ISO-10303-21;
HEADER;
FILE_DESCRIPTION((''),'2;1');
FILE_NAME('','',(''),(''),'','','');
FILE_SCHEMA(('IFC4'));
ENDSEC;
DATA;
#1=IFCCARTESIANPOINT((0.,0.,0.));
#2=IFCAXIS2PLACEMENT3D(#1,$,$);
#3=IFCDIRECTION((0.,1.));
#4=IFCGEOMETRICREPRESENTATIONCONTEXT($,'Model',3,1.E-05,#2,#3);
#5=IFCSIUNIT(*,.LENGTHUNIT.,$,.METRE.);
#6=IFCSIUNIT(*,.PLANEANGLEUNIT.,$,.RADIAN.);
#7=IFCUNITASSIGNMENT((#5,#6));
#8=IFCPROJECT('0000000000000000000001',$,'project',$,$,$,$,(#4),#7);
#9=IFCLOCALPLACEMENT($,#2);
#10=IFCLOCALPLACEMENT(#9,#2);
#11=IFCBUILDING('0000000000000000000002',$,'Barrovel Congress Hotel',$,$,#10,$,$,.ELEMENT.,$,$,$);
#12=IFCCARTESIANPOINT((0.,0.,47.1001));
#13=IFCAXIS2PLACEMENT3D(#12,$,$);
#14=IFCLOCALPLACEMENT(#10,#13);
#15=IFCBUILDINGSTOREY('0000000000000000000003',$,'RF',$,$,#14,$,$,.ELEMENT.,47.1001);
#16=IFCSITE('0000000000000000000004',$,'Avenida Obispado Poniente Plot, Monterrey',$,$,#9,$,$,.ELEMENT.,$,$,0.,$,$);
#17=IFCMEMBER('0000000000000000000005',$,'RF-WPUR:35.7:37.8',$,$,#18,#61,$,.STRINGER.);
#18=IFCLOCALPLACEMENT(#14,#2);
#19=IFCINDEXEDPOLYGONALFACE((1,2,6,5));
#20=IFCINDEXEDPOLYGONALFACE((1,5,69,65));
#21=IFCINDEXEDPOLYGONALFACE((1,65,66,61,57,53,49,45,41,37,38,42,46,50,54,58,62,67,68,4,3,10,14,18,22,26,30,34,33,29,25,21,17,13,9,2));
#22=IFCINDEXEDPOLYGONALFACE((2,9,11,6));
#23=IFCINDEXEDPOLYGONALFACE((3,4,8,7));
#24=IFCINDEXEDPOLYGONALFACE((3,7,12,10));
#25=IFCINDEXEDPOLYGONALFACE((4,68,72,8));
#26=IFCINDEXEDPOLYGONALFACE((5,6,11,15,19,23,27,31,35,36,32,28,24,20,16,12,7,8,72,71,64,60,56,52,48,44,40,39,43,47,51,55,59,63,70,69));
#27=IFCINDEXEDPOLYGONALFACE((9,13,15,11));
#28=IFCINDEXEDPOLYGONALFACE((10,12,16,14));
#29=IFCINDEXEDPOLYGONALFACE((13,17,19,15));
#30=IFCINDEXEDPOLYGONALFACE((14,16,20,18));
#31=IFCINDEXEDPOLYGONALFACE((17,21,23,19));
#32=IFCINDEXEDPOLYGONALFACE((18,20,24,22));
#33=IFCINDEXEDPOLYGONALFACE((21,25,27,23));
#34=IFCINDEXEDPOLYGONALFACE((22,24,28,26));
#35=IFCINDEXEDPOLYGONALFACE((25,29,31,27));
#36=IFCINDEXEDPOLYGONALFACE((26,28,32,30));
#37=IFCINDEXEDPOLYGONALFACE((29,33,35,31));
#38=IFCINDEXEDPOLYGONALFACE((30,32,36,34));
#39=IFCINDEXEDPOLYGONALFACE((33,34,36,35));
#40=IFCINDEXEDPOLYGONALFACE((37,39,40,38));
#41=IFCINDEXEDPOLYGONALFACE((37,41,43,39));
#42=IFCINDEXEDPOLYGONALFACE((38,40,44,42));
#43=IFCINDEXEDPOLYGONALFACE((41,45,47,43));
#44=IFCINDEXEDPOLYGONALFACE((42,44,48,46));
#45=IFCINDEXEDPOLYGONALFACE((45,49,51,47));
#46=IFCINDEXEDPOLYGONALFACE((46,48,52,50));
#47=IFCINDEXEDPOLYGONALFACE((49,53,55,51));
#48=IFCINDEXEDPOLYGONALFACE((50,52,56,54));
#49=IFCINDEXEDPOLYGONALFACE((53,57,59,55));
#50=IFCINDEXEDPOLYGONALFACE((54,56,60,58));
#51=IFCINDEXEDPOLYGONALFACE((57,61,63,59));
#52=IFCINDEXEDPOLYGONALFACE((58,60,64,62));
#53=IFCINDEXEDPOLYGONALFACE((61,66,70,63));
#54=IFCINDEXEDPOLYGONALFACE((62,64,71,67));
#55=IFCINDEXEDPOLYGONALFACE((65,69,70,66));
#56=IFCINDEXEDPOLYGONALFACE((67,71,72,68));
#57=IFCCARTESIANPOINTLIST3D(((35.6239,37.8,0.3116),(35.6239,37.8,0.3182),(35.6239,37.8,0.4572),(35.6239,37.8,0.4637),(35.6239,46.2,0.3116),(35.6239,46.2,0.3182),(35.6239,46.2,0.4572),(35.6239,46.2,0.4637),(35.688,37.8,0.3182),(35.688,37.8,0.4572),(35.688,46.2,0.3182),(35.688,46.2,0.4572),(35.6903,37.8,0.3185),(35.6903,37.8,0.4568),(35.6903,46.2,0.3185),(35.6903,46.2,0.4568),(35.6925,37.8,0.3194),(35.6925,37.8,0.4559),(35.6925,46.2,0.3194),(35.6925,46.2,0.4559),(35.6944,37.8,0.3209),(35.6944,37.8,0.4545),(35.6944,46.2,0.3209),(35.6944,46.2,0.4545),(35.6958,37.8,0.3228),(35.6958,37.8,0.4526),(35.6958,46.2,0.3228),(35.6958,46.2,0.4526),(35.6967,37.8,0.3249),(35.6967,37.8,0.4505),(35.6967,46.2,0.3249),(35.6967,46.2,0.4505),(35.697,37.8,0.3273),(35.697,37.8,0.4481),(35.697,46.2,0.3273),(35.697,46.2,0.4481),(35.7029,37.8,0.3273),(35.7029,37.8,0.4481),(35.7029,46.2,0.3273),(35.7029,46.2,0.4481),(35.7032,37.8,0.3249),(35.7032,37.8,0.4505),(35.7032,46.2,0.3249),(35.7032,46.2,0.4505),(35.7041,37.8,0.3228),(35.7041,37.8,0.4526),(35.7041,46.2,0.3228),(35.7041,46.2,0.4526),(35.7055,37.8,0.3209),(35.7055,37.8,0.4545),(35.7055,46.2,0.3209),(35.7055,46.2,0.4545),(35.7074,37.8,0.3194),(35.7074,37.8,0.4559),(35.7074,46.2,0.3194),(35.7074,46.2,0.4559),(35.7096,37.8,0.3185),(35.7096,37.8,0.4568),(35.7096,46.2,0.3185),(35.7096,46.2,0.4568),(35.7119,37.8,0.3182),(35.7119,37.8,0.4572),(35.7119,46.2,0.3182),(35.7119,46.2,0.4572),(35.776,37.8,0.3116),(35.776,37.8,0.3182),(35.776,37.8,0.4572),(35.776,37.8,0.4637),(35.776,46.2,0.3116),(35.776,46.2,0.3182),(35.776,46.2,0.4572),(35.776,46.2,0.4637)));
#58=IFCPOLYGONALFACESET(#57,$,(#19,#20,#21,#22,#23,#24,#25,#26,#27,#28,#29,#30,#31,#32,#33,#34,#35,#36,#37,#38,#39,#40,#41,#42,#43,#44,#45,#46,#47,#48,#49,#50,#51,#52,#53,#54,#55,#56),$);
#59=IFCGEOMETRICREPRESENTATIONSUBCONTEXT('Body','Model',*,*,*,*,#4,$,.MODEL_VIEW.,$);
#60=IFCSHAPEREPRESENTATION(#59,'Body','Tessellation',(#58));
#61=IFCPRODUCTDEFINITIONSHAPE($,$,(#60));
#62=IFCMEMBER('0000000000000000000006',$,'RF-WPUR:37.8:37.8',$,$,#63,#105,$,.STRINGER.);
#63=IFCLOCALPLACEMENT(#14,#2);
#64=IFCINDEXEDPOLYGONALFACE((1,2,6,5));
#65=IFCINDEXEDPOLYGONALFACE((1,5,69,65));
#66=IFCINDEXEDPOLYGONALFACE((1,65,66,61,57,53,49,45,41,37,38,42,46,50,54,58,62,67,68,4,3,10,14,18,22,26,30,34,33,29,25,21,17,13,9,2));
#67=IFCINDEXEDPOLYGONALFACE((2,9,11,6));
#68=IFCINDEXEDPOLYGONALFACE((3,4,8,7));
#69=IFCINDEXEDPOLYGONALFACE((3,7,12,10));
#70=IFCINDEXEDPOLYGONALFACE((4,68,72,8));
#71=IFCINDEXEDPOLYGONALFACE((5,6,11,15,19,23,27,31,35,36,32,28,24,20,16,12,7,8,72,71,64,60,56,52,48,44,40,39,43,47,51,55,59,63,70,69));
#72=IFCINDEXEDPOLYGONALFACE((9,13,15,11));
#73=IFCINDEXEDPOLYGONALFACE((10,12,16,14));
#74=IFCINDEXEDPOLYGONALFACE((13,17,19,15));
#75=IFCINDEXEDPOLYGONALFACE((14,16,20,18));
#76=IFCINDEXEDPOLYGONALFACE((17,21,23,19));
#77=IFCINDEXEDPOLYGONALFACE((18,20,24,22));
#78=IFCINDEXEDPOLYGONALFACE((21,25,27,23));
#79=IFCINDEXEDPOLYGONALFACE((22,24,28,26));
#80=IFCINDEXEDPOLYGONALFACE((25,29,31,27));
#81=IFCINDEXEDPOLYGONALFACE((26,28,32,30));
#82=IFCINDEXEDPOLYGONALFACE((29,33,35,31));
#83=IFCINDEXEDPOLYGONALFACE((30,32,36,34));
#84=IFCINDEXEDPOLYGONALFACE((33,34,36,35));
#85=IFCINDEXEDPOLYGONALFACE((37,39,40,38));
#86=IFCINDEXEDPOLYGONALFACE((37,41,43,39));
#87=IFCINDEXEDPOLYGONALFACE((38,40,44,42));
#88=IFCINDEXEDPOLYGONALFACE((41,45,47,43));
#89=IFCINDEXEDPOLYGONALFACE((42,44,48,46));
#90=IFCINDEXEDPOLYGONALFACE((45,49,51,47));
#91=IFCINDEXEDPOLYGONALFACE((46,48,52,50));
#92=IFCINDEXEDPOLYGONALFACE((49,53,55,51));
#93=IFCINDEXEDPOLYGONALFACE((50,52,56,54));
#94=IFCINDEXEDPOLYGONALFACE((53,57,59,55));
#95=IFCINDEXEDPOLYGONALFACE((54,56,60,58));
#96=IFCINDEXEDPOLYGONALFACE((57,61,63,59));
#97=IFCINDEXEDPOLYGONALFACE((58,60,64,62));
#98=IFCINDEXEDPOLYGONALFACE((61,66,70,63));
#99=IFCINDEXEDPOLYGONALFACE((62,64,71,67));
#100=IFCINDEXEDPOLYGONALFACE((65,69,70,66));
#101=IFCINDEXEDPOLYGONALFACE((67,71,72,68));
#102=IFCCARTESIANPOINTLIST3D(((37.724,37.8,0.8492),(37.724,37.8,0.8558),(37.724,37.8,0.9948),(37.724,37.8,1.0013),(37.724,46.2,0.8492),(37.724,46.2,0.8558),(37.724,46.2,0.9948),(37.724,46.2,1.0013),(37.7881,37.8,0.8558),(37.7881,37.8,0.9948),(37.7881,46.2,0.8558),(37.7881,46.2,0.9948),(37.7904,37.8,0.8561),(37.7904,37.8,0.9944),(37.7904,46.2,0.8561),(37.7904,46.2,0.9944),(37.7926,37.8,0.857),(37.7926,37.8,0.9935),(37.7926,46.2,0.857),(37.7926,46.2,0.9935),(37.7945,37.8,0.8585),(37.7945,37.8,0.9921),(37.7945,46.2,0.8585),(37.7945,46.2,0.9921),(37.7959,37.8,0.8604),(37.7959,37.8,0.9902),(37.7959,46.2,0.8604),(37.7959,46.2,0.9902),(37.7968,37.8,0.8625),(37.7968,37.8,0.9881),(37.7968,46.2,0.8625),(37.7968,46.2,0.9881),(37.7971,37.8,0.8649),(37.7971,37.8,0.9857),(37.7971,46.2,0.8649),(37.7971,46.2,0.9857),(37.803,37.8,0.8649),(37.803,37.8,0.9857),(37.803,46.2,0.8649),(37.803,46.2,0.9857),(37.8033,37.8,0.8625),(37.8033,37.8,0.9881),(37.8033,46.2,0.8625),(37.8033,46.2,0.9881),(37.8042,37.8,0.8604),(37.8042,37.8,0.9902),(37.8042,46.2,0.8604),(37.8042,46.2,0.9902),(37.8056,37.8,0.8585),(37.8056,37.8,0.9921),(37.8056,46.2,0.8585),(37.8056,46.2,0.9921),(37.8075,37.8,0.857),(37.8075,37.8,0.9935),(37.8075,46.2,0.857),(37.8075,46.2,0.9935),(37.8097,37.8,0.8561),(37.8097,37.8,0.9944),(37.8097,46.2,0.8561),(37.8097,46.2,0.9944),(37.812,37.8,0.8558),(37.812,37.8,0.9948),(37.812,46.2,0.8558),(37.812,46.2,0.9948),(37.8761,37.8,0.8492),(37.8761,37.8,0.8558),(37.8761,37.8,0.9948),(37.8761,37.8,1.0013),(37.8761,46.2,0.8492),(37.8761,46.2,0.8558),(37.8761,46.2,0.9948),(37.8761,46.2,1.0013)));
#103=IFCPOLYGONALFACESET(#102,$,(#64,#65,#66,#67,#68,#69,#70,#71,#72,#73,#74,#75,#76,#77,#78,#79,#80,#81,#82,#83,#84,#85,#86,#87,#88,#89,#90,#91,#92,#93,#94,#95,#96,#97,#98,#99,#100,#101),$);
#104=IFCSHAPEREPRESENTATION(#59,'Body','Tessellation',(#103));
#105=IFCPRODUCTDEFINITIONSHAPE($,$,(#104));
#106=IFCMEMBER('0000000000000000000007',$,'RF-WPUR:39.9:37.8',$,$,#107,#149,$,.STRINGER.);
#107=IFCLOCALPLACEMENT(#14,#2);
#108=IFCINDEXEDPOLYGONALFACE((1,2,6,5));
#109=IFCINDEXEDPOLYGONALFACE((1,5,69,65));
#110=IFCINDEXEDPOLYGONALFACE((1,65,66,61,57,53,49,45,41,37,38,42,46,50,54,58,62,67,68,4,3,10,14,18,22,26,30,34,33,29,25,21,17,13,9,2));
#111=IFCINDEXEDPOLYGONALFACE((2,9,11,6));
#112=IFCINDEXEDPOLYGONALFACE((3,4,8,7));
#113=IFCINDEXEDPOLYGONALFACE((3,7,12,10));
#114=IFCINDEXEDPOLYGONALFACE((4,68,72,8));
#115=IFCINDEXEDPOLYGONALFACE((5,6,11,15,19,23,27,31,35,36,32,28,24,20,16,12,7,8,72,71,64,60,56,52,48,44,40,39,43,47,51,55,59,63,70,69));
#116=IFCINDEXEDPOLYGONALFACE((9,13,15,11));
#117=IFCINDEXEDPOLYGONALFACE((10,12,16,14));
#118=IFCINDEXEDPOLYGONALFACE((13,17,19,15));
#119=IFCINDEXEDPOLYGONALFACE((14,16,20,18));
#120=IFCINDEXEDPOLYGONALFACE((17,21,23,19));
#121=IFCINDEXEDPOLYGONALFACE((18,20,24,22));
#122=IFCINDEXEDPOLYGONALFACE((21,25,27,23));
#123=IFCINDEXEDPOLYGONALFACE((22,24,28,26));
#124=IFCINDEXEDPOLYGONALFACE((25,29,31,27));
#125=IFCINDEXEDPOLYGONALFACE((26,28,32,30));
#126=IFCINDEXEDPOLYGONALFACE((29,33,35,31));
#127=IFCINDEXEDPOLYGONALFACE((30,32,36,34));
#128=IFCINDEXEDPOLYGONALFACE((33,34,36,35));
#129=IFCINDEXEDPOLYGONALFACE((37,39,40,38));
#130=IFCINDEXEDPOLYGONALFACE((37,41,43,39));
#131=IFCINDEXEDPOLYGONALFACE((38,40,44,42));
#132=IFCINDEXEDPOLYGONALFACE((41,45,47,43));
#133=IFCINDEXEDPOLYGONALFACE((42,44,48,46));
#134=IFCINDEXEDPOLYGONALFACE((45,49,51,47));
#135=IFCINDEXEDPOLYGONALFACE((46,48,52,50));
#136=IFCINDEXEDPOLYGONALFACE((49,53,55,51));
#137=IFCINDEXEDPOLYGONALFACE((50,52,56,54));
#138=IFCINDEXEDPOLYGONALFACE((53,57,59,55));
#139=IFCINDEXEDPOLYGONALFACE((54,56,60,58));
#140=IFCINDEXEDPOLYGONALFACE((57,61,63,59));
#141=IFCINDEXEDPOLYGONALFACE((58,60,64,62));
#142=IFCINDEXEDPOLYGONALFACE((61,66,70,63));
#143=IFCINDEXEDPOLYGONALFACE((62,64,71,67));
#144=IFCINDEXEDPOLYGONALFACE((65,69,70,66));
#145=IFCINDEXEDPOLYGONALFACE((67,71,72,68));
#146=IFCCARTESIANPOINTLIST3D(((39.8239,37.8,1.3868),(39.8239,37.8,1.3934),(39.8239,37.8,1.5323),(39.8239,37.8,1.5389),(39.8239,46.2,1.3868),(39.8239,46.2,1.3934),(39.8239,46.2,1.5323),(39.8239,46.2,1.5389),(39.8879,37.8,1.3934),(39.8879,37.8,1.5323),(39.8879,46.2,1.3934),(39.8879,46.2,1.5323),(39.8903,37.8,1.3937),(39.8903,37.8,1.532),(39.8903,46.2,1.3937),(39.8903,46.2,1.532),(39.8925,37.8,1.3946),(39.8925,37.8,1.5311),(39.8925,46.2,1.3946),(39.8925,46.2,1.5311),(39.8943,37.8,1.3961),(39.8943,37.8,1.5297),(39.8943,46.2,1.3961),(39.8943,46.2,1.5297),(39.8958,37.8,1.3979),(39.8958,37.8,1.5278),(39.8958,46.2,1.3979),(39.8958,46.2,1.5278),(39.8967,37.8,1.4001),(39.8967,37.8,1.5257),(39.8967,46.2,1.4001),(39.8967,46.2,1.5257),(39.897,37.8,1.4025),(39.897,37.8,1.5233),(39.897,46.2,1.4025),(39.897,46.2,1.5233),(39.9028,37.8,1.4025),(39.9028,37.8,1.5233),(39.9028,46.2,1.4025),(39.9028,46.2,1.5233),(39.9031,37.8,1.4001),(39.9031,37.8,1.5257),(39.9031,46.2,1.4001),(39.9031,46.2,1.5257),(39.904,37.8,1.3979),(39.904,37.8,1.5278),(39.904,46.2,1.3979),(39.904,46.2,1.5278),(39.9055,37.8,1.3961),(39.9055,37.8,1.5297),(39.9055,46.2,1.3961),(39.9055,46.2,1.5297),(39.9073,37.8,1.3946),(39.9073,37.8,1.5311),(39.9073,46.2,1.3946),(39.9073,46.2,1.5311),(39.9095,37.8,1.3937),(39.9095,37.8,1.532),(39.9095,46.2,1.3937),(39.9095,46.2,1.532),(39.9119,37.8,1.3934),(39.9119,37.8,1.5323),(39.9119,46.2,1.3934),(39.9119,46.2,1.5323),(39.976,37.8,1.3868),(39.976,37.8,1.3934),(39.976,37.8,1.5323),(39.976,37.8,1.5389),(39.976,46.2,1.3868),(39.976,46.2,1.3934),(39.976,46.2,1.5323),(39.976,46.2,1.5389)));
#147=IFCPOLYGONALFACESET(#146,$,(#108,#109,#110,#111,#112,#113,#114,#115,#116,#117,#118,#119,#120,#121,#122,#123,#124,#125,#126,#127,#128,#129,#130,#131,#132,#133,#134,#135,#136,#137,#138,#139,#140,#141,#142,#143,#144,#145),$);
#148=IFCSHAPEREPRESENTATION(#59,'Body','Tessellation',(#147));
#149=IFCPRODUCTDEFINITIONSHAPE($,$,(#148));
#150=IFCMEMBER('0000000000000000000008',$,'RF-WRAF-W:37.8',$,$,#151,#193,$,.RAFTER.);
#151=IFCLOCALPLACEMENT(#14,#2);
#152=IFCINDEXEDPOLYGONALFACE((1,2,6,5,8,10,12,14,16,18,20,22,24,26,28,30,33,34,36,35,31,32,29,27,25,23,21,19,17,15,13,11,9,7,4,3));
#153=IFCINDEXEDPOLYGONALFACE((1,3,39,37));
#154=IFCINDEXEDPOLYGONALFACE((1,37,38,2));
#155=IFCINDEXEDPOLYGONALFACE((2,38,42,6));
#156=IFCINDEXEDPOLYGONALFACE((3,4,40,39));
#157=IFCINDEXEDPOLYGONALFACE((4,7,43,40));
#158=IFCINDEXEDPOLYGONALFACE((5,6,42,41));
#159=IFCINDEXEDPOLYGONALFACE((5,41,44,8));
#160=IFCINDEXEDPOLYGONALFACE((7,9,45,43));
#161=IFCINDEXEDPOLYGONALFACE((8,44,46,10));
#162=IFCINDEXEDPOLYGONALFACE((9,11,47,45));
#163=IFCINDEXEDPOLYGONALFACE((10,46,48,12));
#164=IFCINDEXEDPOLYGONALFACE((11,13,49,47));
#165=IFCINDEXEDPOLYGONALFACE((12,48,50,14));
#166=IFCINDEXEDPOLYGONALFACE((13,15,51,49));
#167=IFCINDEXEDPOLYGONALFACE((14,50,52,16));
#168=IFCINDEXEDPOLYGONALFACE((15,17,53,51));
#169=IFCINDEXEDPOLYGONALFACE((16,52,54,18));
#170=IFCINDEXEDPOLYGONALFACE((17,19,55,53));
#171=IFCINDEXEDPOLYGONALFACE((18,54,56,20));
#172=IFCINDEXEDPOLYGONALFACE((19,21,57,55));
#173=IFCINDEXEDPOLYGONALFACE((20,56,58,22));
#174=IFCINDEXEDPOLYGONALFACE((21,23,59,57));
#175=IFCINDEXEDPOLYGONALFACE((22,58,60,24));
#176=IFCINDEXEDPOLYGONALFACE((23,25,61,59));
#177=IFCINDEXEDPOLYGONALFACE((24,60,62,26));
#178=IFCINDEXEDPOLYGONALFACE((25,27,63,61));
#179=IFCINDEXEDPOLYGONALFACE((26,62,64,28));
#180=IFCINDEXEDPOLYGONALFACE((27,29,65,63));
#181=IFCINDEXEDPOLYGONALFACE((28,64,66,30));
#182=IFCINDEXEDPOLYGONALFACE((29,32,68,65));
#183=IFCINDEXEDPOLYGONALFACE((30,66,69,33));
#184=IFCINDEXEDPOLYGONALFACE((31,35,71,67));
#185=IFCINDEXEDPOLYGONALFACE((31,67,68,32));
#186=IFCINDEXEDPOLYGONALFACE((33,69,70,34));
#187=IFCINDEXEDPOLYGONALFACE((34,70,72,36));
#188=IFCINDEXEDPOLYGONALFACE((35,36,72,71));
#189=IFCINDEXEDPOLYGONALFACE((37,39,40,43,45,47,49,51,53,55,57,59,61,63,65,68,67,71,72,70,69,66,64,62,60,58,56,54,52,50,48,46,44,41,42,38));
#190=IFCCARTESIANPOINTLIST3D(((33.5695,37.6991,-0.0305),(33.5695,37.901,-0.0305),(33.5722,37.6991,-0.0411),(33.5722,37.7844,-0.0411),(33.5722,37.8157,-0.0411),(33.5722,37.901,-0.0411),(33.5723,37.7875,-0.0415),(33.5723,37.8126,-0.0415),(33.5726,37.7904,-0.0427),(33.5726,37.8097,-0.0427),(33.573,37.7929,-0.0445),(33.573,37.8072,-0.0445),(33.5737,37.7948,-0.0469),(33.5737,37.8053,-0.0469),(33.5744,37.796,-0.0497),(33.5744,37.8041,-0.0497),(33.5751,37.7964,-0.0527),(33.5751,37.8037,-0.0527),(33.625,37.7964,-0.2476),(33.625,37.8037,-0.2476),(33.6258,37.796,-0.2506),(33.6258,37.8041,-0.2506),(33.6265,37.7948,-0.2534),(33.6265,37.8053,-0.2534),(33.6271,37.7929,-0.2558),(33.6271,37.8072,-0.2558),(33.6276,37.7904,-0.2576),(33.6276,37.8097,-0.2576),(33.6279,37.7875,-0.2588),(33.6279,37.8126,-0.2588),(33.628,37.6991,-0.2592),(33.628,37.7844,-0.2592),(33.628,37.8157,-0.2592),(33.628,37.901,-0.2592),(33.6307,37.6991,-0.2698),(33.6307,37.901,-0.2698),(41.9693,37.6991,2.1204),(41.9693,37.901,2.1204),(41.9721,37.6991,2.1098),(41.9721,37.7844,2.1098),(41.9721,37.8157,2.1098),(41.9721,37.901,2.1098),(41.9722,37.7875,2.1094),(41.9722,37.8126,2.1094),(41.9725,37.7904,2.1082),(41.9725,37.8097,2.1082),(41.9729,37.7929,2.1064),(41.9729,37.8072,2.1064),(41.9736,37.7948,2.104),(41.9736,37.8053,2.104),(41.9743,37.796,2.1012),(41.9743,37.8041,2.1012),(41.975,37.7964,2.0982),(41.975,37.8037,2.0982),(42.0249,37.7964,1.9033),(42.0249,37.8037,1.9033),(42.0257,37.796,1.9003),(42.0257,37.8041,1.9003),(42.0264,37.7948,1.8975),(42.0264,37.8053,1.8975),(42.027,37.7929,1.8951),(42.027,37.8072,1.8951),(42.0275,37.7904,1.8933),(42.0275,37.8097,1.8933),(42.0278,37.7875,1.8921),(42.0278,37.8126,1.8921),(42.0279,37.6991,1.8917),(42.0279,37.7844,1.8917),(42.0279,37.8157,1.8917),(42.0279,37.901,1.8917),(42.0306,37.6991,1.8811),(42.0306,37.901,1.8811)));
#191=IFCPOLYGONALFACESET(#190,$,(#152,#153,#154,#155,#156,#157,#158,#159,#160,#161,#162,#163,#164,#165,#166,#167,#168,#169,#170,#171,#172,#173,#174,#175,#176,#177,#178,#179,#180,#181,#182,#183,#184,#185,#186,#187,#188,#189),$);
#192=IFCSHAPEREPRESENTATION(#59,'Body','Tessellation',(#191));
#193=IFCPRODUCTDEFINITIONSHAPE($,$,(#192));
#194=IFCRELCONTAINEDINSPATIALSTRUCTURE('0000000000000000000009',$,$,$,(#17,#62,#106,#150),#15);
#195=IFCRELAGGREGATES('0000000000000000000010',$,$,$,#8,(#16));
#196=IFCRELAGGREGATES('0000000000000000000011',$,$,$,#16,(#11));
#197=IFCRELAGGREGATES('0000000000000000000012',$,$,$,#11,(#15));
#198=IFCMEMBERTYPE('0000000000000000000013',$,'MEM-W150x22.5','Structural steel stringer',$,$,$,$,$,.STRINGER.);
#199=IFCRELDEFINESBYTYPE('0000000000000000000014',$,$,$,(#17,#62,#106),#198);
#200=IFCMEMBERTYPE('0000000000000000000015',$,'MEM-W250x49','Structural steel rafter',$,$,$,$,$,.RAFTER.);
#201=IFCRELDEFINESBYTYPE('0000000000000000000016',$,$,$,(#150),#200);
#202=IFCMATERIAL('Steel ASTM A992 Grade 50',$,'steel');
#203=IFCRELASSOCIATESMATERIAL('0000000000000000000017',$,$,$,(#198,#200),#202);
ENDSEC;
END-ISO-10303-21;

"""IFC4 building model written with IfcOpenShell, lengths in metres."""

from ifc_helpers import new_model, si_unit, direction, frame, origin, origin_2d, place, context, subcontext, project, spatial, i_section, extrude, material, material_profile, profile_set, type_object, element, save


model = new_model("IFC4")

# Units and contexts
model_context = context("Model", 3, precision=1e-05, world=origin(), true_north=direction((0.0, 1.0)))
body_context = subcontext(model_context, "Body", "Model", "MODEL_VIEW")
ifc_project = project(units=[si_unit("LENGTHUNIT", "METRE"), si_unit("PLANEANGLEUNIT", "RADIAN")], contexts=[model_context])

# Site, building, storey
site_placement = place(None, origin())
site = spatial("IfcSite", under=ifc_project, at=site_placement, Name="Avenida Obispado Poniente Plot, Monterrey", CompositionType="ELEMENT", RefElevation=0.0)
building_placement = place(site_placement, origin())
building = spatial("IfcBuilding", under=site, at=building_placement, Name="Barrovel Congress Hotel", CompositionType="ELEMENT")
storey_placement = place(building_placement, frame((0.0, 0.0, 47.1001)))
storey = spatial("IfcBuildingStorey", under=building, at=storey_placement, Name="RF", CompositionType="ELEMENT", Elevation=47.1001)

# Members
ifc_material_1 = material(Name="Steel ASTM A992 Grade 50", Category="steel")
ifc_material_profile_1 = material_profile(ifc_material_1, i_section(OverallWidth=0.1521, OverallDepth=0.1521, WebThickness=0.0059, FlangeThickness=0.0066, FilletRadius=0.009, at=origin_2d()), Name="W150x22.5")
ifc_profile_set_1 = profile_set([ifc_material_profile_1], Name="Steel ASTM A992 Grade 50")
member_type_1 = type_object("IfcMemberType", Name="MEM-W150x22.5", Description="Structural steel stringer", PredefinedType="STRINGER", material=ifc_profile_set_1)
for number, where, z_axis, x_axis, name in (
    (1, (35.7, 37.8, 0.3877), (0.0, 1.0, 0.0), (-1.0, 0.0, 0.0), "RF-WPUR:35.7:37.8"),
    (2, (37.8, 37.8, 0.9253), (0.0, 1.0, 0.0), (-1.0, 0.0, 0.0), "RF-WPUR:37.8:37.8"),
    (3, (39.8999, 37.8, 1.4629), (0.0, 1.0, 0.0), (-1.0, 0.0, 0.0), "RF-WPUR:39.9:37.8"),
):
    element("IfcMember", number, at=place(storey_placement, frame(where, z_axis=z_axis, x_axis=x_axis)), inside=storey, type_object=member_type_1, Name=name, PredefinedType="STRINGER", context=body_context, shape_type="SweptSolid", body=[
        extrude(i_section(OverallWidth=0.1521, OverallDepth=0.1521, WebThickness=0.0059, FlangeThickness=0.0066, FilletRadius=0.009, at=origin_2d()), origin(), (0.0, 0.0, 1.0), 8.3999),
    ])
ifc_material_profile_2 = material_profile(ifc_material_1, i_section(OverallWidth=0.2019, OverallDepth=0.2471, WebThickness=0.0073, FlangeThickness=0.011, FilletRadius=0.012, at=origin_2d()), Name="W250x49")
ifc_profile_set_2 = profile_set([ifc_material_profile_2], Name="Steel ASTM A992 Grade 50")
member_type_2 = type_object("IfcMemberType", Name="MEM-W250x49", Description="Structural steel rafter", PredefinedType="RAFTER", material=ifc_profile_set_2)
for number, where, z_axis, x_axis, name in (
    (4, (33.6001, 37.8, -0.1501), (0.968745, 0.0, 0.248057), (0.0, 1.0, 0.0), "RF-WRAF-W:37.8"),
):
    element("IfcMember", number, at=place(storey_placement, frame(where, z_axis=z_axis, x_axis=x_axis)), inside=storey, type_object=member_type_2, Name=name, PredefinedType="RAFTER", context=body_context, shape_type="SweptSolid", body=[
        extrude(i_section(OverallWidth=0.2019, OverallDepth=0.2471, WebThickness=0.0073, FlangeThickness=0.011, FilletRadius=0.012, at=origin_2d()), origin(), (0.0, 0.0, 1.0), 8.6709),
    ])

save(model, "model.ifc")
